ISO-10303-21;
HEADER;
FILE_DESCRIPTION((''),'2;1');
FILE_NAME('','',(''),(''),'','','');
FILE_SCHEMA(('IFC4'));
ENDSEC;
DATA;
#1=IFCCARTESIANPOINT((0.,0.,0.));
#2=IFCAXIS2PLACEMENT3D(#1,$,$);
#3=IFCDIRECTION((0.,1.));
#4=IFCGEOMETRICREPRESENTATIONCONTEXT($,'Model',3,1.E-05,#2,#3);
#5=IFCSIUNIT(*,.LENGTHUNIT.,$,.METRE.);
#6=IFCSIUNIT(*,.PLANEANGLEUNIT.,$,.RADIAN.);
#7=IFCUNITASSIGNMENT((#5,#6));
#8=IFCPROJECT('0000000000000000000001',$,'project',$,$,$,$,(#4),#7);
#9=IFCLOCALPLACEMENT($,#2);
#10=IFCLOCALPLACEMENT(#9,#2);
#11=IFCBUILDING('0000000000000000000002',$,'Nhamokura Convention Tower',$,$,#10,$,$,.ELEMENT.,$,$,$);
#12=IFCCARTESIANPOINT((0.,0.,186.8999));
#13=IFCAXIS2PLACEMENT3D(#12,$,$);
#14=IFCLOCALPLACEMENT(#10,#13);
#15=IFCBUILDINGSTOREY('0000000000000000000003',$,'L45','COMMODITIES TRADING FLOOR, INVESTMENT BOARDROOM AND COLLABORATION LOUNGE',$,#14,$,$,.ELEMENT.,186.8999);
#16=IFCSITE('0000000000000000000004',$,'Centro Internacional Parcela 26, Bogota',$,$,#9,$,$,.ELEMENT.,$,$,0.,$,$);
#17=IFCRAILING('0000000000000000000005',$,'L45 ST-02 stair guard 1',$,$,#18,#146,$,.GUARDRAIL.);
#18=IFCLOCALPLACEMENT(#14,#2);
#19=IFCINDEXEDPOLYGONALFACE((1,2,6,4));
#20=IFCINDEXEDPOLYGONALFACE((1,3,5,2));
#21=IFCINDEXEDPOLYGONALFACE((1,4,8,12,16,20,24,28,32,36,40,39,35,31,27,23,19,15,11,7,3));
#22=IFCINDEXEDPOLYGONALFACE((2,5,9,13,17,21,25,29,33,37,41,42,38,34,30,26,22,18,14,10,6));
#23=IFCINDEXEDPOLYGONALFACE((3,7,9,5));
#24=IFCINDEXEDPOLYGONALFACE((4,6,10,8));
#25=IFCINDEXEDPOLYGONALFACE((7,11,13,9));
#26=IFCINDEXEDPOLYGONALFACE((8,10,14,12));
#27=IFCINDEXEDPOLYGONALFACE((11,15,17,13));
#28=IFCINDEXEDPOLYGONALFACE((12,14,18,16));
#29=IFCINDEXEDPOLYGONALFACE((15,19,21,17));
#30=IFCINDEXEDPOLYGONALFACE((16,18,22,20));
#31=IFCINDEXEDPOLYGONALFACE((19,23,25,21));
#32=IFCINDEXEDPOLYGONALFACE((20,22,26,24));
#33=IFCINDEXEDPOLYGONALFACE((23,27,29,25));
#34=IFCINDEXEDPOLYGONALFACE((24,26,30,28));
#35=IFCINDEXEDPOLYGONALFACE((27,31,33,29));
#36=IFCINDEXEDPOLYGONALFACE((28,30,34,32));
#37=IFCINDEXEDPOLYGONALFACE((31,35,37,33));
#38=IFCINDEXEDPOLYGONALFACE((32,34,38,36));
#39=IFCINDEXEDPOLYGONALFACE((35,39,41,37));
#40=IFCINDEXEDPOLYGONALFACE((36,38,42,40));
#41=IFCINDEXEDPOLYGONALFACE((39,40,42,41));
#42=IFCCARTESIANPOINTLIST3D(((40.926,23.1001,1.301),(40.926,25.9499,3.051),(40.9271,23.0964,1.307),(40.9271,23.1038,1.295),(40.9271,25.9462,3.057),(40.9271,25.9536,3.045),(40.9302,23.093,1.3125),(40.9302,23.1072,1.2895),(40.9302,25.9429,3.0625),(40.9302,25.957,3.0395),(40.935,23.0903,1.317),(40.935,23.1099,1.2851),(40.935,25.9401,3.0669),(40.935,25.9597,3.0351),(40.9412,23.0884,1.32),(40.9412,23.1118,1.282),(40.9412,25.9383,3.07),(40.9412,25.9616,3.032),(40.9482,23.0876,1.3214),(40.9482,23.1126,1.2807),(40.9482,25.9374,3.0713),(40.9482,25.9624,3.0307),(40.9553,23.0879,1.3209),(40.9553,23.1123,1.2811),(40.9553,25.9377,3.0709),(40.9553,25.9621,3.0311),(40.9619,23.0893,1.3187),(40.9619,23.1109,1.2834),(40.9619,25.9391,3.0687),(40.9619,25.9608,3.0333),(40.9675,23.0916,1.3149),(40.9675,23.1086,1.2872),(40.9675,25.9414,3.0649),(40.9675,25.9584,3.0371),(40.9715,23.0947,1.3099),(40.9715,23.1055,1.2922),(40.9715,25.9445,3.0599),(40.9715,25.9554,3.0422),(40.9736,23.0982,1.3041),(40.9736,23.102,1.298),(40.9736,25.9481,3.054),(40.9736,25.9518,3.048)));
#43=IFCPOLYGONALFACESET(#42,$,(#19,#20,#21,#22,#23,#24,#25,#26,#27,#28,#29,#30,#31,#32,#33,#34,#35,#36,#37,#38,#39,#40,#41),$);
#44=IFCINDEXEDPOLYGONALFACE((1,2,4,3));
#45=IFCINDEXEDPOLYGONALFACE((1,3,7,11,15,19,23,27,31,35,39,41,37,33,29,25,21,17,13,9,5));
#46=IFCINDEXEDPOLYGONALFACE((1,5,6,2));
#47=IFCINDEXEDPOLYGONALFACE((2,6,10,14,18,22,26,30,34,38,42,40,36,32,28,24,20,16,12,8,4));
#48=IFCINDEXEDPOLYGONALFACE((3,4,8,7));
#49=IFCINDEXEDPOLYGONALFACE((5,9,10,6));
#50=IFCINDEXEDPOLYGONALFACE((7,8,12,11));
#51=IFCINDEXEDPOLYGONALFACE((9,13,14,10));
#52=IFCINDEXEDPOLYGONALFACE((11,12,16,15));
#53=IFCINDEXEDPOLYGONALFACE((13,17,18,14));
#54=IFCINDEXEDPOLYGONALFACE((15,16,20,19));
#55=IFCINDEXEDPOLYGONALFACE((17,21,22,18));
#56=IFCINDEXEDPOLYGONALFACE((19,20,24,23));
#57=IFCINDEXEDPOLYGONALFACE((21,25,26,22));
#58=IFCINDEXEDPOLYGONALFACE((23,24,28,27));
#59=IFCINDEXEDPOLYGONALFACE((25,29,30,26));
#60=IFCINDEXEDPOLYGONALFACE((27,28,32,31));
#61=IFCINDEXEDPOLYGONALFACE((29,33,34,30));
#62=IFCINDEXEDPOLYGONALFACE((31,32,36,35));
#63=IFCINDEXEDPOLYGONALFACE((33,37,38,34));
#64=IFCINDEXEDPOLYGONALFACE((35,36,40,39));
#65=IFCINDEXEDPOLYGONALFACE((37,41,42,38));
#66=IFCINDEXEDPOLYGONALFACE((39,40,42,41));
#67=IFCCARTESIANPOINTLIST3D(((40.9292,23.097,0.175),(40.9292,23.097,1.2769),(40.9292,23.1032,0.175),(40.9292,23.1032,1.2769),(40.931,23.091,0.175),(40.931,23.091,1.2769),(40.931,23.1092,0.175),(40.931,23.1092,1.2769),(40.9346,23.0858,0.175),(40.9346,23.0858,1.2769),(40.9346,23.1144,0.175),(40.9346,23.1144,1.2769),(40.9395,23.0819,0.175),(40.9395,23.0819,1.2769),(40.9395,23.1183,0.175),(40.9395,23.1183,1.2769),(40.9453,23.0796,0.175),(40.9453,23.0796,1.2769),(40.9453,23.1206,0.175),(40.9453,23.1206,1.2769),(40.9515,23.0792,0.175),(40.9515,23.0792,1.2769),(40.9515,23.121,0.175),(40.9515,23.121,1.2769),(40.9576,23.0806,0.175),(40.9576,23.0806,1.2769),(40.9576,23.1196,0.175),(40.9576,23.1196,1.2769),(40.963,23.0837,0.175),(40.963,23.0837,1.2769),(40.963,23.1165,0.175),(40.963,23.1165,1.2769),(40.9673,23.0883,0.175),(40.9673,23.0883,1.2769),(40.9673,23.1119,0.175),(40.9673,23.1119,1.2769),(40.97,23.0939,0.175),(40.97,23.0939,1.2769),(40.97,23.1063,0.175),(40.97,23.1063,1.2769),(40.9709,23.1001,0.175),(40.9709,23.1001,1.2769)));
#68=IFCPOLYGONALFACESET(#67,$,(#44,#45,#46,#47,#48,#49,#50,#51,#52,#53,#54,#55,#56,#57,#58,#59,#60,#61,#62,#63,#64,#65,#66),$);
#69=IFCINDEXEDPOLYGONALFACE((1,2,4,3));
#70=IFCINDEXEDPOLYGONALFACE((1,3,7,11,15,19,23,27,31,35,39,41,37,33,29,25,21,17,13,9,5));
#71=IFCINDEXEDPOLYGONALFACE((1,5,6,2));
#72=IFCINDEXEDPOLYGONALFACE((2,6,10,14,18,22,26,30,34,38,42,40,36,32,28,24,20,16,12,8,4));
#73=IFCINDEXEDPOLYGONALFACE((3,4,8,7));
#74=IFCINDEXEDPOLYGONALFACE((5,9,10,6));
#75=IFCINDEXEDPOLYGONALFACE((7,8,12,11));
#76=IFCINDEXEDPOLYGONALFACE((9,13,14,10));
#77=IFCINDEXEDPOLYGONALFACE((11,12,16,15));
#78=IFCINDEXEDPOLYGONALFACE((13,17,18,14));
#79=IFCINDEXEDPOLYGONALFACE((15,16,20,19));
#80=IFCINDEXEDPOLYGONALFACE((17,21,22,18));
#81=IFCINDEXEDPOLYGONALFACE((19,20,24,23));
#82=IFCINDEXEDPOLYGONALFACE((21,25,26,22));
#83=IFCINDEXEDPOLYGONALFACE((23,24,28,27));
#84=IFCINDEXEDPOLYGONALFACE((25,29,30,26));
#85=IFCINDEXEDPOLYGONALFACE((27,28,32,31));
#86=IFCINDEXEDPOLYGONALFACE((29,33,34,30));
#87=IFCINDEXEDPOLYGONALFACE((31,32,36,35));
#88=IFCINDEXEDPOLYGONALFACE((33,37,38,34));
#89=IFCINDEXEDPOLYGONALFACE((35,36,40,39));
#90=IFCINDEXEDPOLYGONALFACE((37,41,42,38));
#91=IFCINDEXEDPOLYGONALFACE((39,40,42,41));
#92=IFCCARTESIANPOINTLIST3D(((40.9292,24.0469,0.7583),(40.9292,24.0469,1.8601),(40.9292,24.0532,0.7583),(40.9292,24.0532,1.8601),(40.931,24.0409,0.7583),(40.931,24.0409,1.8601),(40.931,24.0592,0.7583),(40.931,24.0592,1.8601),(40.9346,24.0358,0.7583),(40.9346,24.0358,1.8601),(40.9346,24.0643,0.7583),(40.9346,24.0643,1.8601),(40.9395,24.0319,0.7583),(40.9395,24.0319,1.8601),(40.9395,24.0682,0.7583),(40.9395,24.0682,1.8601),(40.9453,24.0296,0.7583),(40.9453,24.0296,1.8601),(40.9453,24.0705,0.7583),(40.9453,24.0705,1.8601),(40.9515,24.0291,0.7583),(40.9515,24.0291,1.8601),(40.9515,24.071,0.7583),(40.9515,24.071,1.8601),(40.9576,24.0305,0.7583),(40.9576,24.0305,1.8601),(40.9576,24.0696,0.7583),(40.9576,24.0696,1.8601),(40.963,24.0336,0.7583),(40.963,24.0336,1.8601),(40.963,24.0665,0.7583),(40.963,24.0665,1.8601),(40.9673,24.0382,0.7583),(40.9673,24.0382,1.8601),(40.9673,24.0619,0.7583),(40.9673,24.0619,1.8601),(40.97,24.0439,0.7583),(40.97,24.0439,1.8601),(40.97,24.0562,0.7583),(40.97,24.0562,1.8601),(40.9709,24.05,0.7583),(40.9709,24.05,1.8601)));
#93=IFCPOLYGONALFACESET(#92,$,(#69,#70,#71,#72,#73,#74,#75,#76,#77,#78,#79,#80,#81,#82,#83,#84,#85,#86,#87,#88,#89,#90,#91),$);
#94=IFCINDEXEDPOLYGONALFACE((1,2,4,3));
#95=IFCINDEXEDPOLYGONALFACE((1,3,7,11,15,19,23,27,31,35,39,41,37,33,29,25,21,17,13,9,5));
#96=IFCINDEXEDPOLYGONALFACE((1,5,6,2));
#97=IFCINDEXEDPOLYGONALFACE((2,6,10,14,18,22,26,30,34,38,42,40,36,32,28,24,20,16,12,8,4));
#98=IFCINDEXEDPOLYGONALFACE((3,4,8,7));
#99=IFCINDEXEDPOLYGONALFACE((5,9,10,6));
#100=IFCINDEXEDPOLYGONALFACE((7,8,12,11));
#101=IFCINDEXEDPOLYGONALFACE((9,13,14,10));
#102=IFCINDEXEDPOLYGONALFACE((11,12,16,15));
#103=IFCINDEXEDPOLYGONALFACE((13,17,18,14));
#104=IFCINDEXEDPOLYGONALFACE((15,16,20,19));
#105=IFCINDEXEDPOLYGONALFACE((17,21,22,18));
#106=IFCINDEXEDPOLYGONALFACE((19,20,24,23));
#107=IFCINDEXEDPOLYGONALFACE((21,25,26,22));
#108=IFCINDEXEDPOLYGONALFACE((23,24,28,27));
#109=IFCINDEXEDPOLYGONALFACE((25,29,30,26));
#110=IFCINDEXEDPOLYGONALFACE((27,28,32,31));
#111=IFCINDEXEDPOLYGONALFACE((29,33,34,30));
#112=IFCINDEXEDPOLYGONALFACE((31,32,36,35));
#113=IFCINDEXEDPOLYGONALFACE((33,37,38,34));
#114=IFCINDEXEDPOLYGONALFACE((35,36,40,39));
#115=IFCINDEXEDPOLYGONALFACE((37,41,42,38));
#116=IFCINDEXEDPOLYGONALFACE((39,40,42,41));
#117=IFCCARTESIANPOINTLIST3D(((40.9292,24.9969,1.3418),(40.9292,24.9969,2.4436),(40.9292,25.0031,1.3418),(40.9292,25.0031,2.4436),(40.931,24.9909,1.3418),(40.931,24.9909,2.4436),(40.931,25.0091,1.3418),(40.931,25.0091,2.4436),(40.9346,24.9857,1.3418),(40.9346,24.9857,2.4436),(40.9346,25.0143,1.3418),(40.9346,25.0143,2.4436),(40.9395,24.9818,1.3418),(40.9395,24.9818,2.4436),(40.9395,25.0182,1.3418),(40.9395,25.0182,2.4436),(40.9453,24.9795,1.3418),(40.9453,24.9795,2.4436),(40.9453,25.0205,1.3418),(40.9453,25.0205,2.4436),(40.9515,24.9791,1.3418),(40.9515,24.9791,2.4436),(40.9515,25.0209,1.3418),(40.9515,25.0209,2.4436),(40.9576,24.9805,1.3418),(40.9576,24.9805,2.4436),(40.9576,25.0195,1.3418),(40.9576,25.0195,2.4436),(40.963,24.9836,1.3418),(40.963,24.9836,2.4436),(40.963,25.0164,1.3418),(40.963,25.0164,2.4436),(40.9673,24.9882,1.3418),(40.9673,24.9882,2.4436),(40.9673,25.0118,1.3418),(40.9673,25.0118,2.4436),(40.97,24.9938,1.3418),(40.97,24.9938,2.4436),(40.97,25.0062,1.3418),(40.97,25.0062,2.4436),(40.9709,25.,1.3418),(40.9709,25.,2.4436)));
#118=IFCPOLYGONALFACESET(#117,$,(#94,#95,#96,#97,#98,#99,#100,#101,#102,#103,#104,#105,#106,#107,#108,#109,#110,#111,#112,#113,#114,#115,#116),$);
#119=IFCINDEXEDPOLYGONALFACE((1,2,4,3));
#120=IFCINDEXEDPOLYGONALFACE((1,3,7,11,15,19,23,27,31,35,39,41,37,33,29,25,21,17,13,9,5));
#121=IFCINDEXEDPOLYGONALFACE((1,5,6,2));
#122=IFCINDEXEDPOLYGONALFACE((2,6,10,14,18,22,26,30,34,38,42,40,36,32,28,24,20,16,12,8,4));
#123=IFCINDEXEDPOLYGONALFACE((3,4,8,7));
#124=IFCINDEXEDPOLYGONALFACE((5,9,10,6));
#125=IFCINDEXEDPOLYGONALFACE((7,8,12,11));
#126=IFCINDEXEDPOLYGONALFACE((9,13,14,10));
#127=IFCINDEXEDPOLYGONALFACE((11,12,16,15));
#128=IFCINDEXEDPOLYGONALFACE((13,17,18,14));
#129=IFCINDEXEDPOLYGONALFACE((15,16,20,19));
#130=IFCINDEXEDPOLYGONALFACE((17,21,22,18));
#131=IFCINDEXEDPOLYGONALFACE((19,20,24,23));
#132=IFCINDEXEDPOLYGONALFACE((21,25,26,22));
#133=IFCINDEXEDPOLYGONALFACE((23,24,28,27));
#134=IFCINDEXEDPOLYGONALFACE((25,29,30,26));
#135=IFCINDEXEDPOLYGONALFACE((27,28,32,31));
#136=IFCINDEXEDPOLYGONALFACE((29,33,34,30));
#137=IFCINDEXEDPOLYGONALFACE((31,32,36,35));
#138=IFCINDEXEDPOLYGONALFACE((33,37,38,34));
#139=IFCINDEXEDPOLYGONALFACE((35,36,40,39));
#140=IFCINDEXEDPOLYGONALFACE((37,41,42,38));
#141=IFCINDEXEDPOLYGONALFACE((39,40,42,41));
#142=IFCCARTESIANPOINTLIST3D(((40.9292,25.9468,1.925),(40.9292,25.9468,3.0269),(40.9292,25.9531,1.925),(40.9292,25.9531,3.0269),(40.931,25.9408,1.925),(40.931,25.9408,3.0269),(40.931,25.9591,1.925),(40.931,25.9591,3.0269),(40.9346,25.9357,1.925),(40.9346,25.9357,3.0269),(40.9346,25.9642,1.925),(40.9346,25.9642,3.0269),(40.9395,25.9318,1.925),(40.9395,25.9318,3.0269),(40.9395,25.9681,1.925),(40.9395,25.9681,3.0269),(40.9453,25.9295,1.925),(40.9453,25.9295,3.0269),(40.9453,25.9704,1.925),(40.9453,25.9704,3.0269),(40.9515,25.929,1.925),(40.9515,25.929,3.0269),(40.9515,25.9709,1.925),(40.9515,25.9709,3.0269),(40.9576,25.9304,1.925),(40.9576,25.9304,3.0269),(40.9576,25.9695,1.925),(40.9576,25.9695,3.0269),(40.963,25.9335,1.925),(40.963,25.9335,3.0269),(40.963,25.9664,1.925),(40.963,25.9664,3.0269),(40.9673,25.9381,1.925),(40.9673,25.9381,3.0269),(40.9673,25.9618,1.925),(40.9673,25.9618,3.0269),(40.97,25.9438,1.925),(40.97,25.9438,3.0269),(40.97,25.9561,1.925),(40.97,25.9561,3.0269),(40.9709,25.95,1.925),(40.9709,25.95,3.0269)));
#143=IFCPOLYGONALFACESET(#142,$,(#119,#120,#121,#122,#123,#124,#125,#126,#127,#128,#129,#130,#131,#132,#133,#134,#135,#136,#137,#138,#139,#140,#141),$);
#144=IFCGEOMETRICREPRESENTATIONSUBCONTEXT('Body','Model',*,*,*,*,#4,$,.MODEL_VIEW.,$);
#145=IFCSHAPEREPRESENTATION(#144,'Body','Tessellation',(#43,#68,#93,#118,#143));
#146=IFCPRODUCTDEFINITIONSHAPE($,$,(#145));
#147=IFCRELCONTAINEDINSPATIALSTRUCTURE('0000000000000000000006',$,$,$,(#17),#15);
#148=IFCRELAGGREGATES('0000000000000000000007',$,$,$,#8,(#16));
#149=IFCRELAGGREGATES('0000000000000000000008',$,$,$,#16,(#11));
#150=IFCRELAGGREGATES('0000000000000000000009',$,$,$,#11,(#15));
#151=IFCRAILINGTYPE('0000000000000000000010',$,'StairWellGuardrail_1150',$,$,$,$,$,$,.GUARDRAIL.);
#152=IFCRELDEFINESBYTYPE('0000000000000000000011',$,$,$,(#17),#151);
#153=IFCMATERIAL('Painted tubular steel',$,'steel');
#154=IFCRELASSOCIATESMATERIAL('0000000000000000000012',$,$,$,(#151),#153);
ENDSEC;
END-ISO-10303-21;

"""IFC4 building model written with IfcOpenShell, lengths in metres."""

from ifc_helpers import new_model, si_unit, direction, frame, origin, origin_2d, place, context, subcontext, project, spatial, circle, extrude, material, type_object, element, save


model = new_model("IFC4")

# Units and contexts
model_context = context("Model", 3, precision=1e-05, world=origin(), true_north=direction((0.0, 1.0)))
body_context = subcontext(model_context, "Body", "Model", "MODEL_VIEW")
ifc_project = project(units=[si_unit("LENGTHUNIT", "METRE"), si_unit("PLANEANGLEUNIT", "RADIAN")], contexts=[model_context])

# Site, building, storey
site_placement = place(None, origin())
site = spatial("IfcSite", under=ifc_project, at=site_placement, Name="Centro Internacional Parcela 26, Bogota", CompositionType="ELEMENT", RefElevation=0.0)
building_placement = place(site_placement, origin())
building = spatial("IfcBuilding", under=site, at=building_placement, Name="Nhamokura Convention Tower", CompositionType="ELEMENT")
storey_placement = place(building_placement, frame((0.0, 0.0, 186.8999)))
storey = spatial("IfcBuildingStorey", under=building, at=storey_placement, Name="L45", Description="COMMODITIES TRADING FLOOR, INVESTMENT BOARDROOM AND COLLABORATION LOUNGE", CompositionType="ELEMENT", Elevation=186.8999)

# Railing
ifc_material_1 = material(Name="Painted tubular steel", Category="steel")
railing_type_1 = type_object("IfcRailingType", Name="StairWellGuardrail_1150", PredefinedType="GUARDRAIL", material=ifc_material_1)
railing_1_placement = place(storey_placement, frame((40.95, 23.1001, 0.175)))
element("IfcRailing", 1, at=railing_1_placement, inside=storey, type_object=railing_type_1, Name="L45 ST-02 stair guard 1", PredefinedType="GUARDRAIL", context=body_context, shape_type="SweptSolid", body=[
    extrude(circle(Radius=0.0239, at=origin_2d()), frame((0.0, 0.0, 1.126), z_axis=(0.0, 0.852159, 0.523283), x_axis=(-1.0, 0.0, 0.0)), (0.0, 0.0, 1.0), 3.3442),
    extrude(circle(Radius=0.021, at=origin_2d()), origin(), (0.0, 0.0, 1.0), 1.1018),
    extrude(circle(Radius=0.021, at=origin_2d()), frame((0.0, 0.95, 0.5833)), (0.0, 0.0, 1.0), 1.1018),
    extrude(circle(Radius=0.021, at=origin_2d()), frame((0.0, 1.8999, 1.1667)), (0.0, 0.0, 1.0), 1.1018),
    extrude(circle(Radius=0.021, at=origin_2d()), frame((0.0, 2.8499, 1.75)), (0.0, 0.0, 1.0), 1.1018),
])

save(model, "model.ifc")
